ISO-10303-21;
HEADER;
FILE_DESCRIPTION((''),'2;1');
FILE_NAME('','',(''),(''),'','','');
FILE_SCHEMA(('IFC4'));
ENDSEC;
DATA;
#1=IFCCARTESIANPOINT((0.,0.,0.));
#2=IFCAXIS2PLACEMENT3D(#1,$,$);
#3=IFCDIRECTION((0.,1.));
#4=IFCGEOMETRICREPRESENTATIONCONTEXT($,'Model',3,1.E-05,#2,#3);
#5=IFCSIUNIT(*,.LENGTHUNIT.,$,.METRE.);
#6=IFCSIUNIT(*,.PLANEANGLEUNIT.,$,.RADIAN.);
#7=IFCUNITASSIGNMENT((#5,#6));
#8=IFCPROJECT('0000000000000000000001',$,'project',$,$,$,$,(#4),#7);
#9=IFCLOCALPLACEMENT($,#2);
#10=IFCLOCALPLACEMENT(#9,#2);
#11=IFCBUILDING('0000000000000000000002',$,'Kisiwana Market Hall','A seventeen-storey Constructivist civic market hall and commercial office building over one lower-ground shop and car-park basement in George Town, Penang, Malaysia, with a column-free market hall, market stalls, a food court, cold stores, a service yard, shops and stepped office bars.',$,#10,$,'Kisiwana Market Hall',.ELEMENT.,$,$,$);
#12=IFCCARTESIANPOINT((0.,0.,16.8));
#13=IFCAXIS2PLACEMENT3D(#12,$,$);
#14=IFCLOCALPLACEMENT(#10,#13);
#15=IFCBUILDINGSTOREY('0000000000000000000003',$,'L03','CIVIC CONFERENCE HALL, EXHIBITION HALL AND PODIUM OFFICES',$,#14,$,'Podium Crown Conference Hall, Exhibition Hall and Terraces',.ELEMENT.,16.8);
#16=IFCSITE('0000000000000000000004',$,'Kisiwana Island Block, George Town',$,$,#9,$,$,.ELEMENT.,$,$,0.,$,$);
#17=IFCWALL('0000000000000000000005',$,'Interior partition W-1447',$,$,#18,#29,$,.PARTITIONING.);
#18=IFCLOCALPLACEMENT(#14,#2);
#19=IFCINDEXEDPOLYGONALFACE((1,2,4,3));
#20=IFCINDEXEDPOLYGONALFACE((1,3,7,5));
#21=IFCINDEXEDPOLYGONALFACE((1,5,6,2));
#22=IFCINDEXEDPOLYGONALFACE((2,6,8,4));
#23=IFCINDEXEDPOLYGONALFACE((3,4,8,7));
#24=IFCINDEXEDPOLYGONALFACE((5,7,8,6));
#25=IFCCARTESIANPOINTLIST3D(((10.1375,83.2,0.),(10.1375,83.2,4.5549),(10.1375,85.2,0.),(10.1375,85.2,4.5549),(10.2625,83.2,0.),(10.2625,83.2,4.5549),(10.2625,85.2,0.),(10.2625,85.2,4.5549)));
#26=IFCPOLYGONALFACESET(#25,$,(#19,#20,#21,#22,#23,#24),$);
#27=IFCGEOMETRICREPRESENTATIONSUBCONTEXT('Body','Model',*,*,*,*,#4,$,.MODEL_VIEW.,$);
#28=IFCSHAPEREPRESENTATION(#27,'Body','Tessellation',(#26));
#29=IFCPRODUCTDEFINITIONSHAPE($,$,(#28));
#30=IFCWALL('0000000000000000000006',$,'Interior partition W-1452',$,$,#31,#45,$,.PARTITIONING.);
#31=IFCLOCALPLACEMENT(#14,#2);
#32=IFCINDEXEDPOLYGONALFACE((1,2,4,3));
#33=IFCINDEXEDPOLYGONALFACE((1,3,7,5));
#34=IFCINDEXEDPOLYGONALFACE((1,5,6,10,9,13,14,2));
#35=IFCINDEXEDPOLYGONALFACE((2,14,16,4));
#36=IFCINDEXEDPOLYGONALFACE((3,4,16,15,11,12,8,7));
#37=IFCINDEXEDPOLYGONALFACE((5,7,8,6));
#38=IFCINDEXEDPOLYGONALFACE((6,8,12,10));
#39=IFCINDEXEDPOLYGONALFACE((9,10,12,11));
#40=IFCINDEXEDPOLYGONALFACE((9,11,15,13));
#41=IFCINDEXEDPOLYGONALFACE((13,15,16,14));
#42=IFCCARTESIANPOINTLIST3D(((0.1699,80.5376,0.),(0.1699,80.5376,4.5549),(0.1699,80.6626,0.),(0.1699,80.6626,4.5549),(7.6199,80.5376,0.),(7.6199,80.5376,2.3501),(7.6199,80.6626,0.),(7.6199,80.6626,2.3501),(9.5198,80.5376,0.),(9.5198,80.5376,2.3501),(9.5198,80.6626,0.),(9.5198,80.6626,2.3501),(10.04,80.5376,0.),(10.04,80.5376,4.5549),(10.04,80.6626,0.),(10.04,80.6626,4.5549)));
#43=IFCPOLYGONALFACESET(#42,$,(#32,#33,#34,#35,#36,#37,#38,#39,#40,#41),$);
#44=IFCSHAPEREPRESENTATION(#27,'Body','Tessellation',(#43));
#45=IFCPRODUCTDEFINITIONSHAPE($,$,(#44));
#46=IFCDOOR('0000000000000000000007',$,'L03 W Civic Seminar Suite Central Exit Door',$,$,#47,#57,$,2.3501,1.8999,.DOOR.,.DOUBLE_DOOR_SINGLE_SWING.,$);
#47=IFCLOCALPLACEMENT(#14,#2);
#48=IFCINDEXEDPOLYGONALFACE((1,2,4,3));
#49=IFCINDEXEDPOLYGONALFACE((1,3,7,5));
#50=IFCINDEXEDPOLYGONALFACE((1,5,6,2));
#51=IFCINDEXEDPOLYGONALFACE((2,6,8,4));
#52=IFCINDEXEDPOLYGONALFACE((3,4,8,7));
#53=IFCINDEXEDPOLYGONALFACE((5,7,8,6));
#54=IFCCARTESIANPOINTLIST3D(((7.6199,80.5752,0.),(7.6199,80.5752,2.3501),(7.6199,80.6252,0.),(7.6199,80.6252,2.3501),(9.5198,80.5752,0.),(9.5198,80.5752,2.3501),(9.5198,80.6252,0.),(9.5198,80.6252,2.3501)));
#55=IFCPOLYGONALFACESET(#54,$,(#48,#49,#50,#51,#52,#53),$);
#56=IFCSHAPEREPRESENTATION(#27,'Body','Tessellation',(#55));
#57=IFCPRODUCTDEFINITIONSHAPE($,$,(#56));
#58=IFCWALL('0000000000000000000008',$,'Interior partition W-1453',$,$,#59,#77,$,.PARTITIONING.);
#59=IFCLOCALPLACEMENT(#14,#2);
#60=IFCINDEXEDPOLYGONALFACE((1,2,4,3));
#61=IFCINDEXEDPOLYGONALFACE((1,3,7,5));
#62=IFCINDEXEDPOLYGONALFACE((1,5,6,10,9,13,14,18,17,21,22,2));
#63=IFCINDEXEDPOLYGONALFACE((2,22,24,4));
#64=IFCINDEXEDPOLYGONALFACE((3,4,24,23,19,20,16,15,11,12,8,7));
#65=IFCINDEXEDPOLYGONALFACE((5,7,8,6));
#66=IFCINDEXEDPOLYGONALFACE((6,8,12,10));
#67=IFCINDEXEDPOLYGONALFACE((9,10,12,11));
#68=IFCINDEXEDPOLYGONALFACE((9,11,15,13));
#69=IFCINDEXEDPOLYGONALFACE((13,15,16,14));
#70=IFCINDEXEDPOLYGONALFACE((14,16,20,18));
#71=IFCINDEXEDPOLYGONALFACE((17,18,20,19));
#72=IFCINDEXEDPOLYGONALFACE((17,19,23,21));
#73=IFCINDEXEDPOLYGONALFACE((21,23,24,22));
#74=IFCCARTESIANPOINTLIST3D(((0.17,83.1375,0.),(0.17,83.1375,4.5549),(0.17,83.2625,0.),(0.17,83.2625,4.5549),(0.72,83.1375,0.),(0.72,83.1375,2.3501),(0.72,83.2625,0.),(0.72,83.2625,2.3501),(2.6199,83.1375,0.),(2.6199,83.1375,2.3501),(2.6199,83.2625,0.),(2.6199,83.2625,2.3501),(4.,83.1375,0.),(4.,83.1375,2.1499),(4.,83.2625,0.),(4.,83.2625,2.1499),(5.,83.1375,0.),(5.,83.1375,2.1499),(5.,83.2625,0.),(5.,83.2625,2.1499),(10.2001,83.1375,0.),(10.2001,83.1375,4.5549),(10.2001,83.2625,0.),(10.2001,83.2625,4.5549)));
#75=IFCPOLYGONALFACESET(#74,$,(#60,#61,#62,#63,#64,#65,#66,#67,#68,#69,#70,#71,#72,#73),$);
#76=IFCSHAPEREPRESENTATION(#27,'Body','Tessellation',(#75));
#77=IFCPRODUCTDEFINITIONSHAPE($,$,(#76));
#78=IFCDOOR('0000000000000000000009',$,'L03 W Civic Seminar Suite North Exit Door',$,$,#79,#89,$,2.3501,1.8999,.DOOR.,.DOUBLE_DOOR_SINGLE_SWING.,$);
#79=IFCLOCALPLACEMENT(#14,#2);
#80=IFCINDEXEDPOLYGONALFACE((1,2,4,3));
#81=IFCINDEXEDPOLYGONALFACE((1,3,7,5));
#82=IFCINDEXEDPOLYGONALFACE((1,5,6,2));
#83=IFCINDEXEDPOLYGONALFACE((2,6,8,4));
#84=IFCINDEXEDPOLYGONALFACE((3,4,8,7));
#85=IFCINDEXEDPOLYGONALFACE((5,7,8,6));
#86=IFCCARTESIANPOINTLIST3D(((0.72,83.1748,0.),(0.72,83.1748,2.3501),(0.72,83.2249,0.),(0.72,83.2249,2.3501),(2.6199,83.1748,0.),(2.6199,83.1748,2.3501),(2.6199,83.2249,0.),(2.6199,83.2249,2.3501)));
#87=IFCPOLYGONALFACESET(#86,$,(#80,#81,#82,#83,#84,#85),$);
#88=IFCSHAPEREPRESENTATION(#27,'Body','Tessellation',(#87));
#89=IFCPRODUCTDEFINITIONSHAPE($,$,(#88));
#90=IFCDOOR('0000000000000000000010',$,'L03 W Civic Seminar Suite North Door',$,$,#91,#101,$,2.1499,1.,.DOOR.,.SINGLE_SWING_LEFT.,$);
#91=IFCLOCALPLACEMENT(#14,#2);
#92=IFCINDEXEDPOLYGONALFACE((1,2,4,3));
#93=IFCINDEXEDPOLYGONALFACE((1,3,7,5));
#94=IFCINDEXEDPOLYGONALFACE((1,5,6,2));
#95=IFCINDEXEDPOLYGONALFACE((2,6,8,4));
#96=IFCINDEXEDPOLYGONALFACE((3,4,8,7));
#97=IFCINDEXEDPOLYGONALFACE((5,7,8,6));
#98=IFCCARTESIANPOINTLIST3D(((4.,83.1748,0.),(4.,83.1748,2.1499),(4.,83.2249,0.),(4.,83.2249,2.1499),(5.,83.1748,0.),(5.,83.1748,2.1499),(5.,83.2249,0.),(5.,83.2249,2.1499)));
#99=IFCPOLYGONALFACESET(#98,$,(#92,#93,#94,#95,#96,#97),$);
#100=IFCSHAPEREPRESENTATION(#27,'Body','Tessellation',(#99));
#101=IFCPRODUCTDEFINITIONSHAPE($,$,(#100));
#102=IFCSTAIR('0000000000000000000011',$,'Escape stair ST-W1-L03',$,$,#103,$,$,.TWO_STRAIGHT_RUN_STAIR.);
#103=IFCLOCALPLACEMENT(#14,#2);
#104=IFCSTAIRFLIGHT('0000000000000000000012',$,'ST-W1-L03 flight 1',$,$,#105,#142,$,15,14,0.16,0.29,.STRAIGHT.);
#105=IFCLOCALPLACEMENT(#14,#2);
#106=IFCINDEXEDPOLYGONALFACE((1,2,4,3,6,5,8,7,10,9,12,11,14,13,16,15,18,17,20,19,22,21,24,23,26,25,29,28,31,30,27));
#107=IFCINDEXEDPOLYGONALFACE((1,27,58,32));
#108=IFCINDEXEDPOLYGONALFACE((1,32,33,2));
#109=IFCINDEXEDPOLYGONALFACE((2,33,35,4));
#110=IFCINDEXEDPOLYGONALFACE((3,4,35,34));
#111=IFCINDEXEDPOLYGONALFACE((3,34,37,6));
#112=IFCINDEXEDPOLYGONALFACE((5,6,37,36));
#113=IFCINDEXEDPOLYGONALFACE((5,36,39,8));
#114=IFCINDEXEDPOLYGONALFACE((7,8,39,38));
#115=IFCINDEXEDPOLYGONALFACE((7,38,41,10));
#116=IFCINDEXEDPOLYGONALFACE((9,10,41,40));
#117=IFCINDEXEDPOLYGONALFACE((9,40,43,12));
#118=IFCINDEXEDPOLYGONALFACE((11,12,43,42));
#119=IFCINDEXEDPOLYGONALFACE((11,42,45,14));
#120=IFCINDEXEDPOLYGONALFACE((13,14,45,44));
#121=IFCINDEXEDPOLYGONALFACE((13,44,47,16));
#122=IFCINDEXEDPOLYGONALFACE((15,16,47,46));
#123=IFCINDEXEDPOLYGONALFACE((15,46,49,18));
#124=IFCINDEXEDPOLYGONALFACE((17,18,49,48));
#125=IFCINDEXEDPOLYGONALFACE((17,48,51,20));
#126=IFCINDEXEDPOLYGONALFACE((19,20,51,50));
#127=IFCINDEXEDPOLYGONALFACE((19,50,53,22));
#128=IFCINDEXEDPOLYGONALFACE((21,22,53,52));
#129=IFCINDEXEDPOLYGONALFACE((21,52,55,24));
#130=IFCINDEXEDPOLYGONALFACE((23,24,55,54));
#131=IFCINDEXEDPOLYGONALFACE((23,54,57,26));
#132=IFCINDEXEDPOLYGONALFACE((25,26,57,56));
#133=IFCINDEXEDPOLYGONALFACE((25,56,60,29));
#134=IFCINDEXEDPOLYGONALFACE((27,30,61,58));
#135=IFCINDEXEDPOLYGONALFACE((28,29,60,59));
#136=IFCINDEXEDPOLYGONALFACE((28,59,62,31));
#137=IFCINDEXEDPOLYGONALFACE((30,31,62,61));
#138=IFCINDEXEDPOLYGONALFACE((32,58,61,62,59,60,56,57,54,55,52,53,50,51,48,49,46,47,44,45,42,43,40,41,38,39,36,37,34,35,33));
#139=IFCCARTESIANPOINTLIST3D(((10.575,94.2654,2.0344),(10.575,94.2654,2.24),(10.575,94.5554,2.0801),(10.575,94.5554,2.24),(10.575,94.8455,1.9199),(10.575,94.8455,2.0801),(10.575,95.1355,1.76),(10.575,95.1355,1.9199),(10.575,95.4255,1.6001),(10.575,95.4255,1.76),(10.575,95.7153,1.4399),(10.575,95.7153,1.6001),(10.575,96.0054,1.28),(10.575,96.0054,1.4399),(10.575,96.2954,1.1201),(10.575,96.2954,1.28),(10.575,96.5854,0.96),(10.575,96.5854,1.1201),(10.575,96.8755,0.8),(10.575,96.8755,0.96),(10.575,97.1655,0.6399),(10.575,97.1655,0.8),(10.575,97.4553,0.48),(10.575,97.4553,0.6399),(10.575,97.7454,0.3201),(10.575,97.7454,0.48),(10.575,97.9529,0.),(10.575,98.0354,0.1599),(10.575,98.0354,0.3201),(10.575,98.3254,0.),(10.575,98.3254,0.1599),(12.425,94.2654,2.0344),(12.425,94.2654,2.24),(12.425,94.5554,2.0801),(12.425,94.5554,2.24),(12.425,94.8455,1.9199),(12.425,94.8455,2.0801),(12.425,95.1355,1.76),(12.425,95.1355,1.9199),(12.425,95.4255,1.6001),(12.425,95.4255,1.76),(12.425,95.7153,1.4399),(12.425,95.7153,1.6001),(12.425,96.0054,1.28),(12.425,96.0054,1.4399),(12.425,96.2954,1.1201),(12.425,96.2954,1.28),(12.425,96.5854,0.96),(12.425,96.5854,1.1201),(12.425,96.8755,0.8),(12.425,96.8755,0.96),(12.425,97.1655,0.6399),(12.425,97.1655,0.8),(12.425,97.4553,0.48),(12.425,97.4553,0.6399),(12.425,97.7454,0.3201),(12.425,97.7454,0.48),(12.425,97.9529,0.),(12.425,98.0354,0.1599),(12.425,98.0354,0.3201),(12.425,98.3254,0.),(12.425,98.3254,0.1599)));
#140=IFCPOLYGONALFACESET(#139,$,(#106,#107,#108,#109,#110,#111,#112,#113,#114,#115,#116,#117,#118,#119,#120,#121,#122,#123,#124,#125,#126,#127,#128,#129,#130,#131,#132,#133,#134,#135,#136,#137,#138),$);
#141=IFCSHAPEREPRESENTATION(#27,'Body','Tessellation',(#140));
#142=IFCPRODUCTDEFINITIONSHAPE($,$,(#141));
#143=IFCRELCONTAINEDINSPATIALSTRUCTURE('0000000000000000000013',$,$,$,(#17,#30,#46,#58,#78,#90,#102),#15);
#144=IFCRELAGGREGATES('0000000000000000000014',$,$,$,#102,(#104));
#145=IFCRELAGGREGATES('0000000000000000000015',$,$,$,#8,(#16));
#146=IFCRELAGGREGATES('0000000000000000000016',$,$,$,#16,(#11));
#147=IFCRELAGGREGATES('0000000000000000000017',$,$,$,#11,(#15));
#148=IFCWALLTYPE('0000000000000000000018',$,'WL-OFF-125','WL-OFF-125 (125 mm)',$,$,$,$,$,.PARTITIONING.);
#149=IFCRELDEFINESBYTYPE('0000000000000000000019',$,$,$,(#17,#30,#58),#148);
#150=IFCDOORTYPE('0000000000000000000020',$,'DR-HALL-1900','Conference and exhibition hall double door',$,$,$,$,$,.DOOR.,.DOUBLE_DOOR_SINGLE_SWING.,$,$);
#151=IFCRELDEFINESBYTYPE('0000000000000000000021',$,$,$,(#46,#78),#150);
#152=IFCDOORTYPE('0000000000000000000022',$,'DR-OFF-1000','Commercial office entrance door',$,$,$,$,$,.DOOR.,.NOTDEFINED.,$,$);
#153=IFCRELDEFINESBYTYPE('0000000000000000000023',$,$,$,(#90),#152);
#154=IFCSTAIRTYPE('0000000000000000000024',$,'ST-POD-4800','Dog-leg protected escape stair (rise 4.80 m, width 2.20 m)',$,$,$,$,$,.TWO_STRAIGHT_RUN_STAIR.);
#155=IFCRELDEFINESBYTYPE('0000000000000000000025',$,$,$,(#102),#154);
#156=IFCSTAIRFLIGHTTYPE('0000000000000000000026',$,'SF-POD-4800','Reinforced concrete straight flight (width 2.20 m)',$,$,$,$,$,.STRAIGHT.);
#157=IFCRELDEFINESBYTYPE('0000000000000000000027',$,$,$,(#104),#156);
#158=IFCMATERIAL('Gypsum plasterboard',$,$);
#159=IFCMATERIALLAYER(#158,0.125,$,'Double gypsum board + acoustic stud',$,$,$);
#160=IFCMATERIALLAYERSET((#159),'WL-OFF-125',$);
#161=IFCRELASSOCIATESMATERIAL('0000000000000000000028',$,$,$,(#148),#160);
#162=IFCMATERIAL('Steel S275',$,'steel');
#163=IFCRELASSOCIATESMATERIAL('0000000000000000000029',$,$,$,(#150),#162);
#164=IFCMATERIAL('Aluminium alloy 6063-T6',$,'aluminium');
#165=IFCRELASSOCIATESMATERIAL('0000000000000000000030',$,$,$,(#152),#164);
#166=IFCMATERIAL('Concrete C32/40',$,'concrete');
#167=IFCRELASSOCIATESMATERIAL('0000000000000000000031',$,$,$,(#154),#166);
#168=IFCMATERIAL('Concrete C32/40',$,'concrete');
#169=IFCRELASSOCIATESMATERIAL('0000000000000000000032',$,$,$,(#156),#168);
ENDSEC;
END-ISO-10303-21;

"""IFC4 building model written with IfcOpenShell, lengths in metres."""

from ifc_helpers import new_model, si_unit, direction, frame, frame_2d, origin, place, context, subcontext, project, spatial, polyline, rectangle, outline, extrude, material, layer, layer_set, type_object, element, fill, aggregate, save


model = new_model("IFC4")

# Units and contexts
model_context = context("Model", 3, precision=1e-05, world=origin(), true_north=direction((0.0, 1.0)))
body_context = subcontext(model_context, "Body", "Model", "MODEL_VIEW")
ifc_project = project(units=[si_unit("LENGTHUNIT", "METRE"), si_unit("PLANEANGLEUNIT", "RADIAN")], contexts=[model_context])

# Site, building, storey
site_placement = place(None, origin())
site = spatial("IfcSite", under=ifc_project, at=site_placement, Name="Kisiwana Island Block, George Town", CompositionType="ELEMENT", RefElevation=0.0)
building_placement = place(site_placement, origin())
building = spatial("IfcBuilding", under=site, at=building_placement, Name="Kisiwana Market Hall", Description="A seventeen-storey Constructivist civic market hall and commercial office building over one lower-ground shop and car-park basement in George Town, Penang, Malaysia, with a column-free market hall, market stalls, a food court, cold stores, a service yard, shops and stepped office bars.", LongName="Kisiwana Market Hall", CompositionType="ELEMENT")
storey_placement = place(building_placement, frame((0.0, 0.0, 16.8)))
storey = spatial("IfcBuildingStorey", under=building, at=storey_placement, Name="L03", Description="CIVIC CONFERENCE HALL, EXHIBITION HALL AND PODIUM OFFICES", LongName="Podium Crown Conference Hall, Exhibition Hall and Terraces", CompositionType="ELEMENT", Elevation=16.8)

# Wall
ifc_material_1 = material(Name="Gypsum plasterboard")
ifc_layer_1 = layer(ifc_material_1, 0.125, Name="Double gypsum board + acoustic stud")
ifc_layer_set_1 = layer_set([ifc_layer_1], Name="WL-OFF-125")
wall_type_1 = type_object("IfcWallType", Name="WL-OFF-125", Description="WL-OFF-125 (125 mm)", PredefinedType="PARTITIONING", material=ifc_layer_set_1)
wall_1_placement = place(storey_placement, frame((10.2, 83.2, 0.0), z_axis=(0.0, 0.0, 1.0), x_axis=(0.0, 1.0, 0.0)))
element("IfcWall", 1, at=wall_1_placement, inside=storey, type_object=wall_type_1, Name="Interior partition W-1447", PredefinedType="PARTITIONING", context=body_context, shape_type="SweptSolid", body=[
    extrude(rectangle(XDim=2.0, YDim=0.125, at=frame_2d((1.0, 0.0))), origin(), (0.0, 0.0, 1.0), 4.5549),
])

# Wall, opening, door
wall_2_placement = place(storey_placement, frame((0.1699, 80.6001, 0.0), z_axis=(0.0, 0.0, 1.0), x_axis=(1.0, 0.0, 0.0)))
wall_2 = element("IfcWall", 2, at=wall_2_placement, inside=storey, type_object=wall_type_1, Name="Interior partition W-1452", PredefinedType="PARTITIONING", context=body_context, shape_type="SweptSolid", body=[
    extrude(rectangle(XDim=9.8701, YDim=0.125, at=frame_2d((4.9351, 0.0))), origin(), (0.0, 0.0, 1.0), 4.5549),
])
opening_1_placement = place(wall_2_placement, frame((7.45, 0.0, 0.0)))
opening_1 = element("IfcOpeningElement", 3, at=opening_1_placement, cuts=wall_2, PredefinedType="OPENING", context=body_context, shape_type="SweptSolid", body=[
    extrude(rectangle(XDim=1.8999, YDim=2.3501, at=frame_2d((0.95, 1.175))), frame((0.0, 0.0745, 0.0), z_axis=(0.0, -1.0, 0.0), x_axis=(1.0, 0.0, 0.0)), (0.0, 0.0, 1.0), 0.1489),
])
ifc_material_2 = material(Name="Steel S275", Category="steel")
door_type_1 = type_object("IfcDoorType", Name="DR-HALL-1900", Description="Conference and exhibition hall double door", OperationType="DOUBLE_DOOR_SINGLE_SWING", PredefinedType="DOOR", material=ifc_material_2)
door_1_placement = place(opening_1_placement, frame((1.8999, 0.0, 0.0), z_axis=(0.0, 0.0, 1.0), x_axis=(-1.0, 0.0, 0.0)))
door_1 = element("IfcDoor", 4, at=door_1_placement, inside=storey, type_object=door_type_1, Name="L03 W Civic Seminar Suite Central Exit Door", OperationType="DOUBLE_DOOR_SINGLE_SWING", OverallHeight=2.3501, OverallWidth=1.8999, PredefinedType="DOOR", context=body_context, shape_type="SweptSolid", body=[
    extrude(rectangle(XDim=1.8999, YDim=2.3501, at=frame_2d((0.95, 1.175))), frame((0.0, 0.0249, 0.0), z_axis=(0.0, -1.0, 0.0), x_axis=(1.0, 0.0, 0.0)), (0.0, 0.0, 1.0), 0.05),
])
fill(opening_1, door_1)

# Wall, openings, doors
wall_3_placement = place(storey_placement, frame((0.1699, 83.2, 0.0), z_axis=(0.0, 0.0, 1.0), x_axis=(1.0, 0.0, 0.0)))
wall_3 = element("IfcWall", 5, at=wall_3_placement, inside=storey, type_object=wall_type_1, Name="Interior partition W-1453", PredefinedType="PARTITIONING", context=body_context, shape_type="SweptSolid", body=[
    extrude(rectangle(XDim=10.03, YDim=0.125, at=frame_2d((5.0151, 0.0))), origin(), (0.0, 0.0, 1.0), 4.5549),
])
opening_2_placement = place(wall_3_placement, frame((3.8301, 0.0, 0.0)))
opening_2 = element("IfcOpeningElement", 6, at=opening_2_placement, cuts=wall_3, PredefinedType="OPENING", context=body_context, shape_type="SweptSolid", body=[
    extrude(rectangle(XDim=1.0, YDim=2.1499, at=frame_2d((0.5, 1.075))), frame((0.0, 0.0745, 0.0), z_axis=(0.0, -1.0, 0.0), x_axis=(1.0, 0.0, 0.0)), (0.0, 0.0, 1.0), 0.1489),
])
opening_3_placement = place(wall_3_placement, frame((0.55, 0.0, 0.0)))
opening_3 = element("IfcOpeningElement", 7, at=opening_3_placement, cuts=wall_3, PredefinedType="OPENING", context=body_context, shape_type="SweptSolid", body=[
    extrude(rectangle(XDim=1.8999, YDim=2.3501, at=frame_2d((0.95, 1.175))), frame((0.0, 0.0745, 0.0), z_axis=(0.0, -1.0, 0.0), x_axis=(1.0, 0.0, 0.0)), (0.0, 0.0, 1.0), 0.1489),
])
door_2_placement = place(opening_3_placement, origin())
door_2 = element("IfcDoor", 8, at=door_2_placement, inside=storey, type_object=door_type_1, Name="L03 W Civic Seminar Suite North Exit Door", OperationType="DOUBLE_DOOR_SINGLE_SWING", OverallHeight=2.3501, OverallWidth=1.8999, PredefinedType="DOOR", context=body_context, shape_type="SweptSolid", body=[
    extrude(rectangle(XDim=1.8999, YDim=2.3501, at=frame_2d((0.95, 1.175))), frame((0.0, 0.0249, 0.0), z_axis=(0.0, -1.0, 0.0), x_axis=(1.0, 0.0, 0.0)), (0.0, 0.0, 1.0), 0.05),
])
fill(opening_3, door_2)
ifc_material_3 = material(Name="Aluminium alloy 6063-T6", Category="aluminium")
door_type_2 = type_object("IfcDoorType", Name="DR-OFF-1000", Description="Commercial office entrance door", OperationType="NOTDEFINED", PredefinedType="DOOR", material=ifc_material_3)
door_3_placement = place(opening_2_placement, origin())
door_3 = element("IfcDoor", 9, at=door_3_placement, inside=storey, type_object=door_type_2, Name="L03 W Civic Seminar Suite North Door", OperationType="SINGLE_SWING_LEFT", OverallHeight=2.1499, OverallWidth=1.0, PredefinedType="DOOR", context=body_context, shape_type="SweptSolid", body=[
    extrude(rectangle(XDim=1.0, YDim=2.1499, at=frame_2d((0.5, 1.075))), frame((0.0, 0.0249, 0.0), z_axis=(0.0, -1.0, 0.0), x_axis=(1.0, 0.0, 0.0)), (0.0, 0.0, 1.0), 0.05),
])
fill(opening_2, door_3)

# Stair, stair flight
ifc_material_4 = material(Name="Concrete C32/40", Category="concrete")
stair_type = type_object("IfcStairType", Name="ST-POD-4800", Description="Dog-leg protected escape stair (rise 4.80 m, width 2.20 m)", PredefinedType="TWO_STRAIGHT_RUN_STAIR", material=ifc_material_4)
stair_placement = place(storey_placement, origin())
stair = element("IfcStair", 10, at=stair_placement, inside=storey, type_object=stair_type, Name="Escape stair ST-W1-L03", PredefinedType="TWO_STRAIGHT_RUN_STAIR")
ifc_material_5 = material(Name="Concrete C32/40", Category="concrete")
stair_flight_type = type_object("IfcStairFlightType", Name="SF-POD-4800", Description="Reinforced concrete straight flight (width 2.20 m)", PredefinedType="STRAIGHT", material=ifc_material_5)
stair_flight_placement = place(storey_placement, frame((11.5, 98.3254, 0.0), z_axis=(0.0, 0.0, 1.0), x_axis=(0.0, -1.0, 0.0)))
stair_flight = element("IfcStairFlight", 11, at=stair_flight_placement, type_object=stair_flight_type, Name="ST-W1-L03 flight 1", NumberOfRisers=15, NumberOfTreads=14, PredefinedType="STRAIGHT", RiserHeight=0.16, TreadLength=0.29, context=body_context, shape_type="SweptSolid", body=[
    extrude(outline(polyline([(0.0, 0.0), (0.0, 0.1599), (0.29, 0.1599), (0.29, 0.3201), (0.5801, 0.3201), (0.5801, 0.48), (0.8701, 0.48), (0.8701, 0.6399), (1.1599, 0.6399), (1.1599, 0.8), (1.45, 0.8), (1.45, 0.96), (1.74, 0.96), (1.74, 1.1201), (2.03, 1.1201), (2.03, 1.28), (2.3201, 1.28), (2.3201, 1.4399), (2.6101, 1.4399), (2.6101, 1.6001), (2.8999, 1.6001), (2.8999, 1.76), (3.1899, 1.76), (3.1899, 1.9199), (3.48, 1.9199), (3.48, 2.0801), (3.77, 2.0801), (3.77, 2.24), (4.0601, 2.24), (4.0601, 2.3999), (4.0601, 2.0344), (0.3726, 0.0), (0.0, 0.0)])), frame((0.0, 0.925, 0.0), z_axis=(0.0, -1.0, 0.0), x_axis=(1.0, 0.0, 0.0)), (0.0, 0.0, 1.0), 1.8501),
])
aggregate(stair, [stair_flight])

save(model, "model.ifc")
